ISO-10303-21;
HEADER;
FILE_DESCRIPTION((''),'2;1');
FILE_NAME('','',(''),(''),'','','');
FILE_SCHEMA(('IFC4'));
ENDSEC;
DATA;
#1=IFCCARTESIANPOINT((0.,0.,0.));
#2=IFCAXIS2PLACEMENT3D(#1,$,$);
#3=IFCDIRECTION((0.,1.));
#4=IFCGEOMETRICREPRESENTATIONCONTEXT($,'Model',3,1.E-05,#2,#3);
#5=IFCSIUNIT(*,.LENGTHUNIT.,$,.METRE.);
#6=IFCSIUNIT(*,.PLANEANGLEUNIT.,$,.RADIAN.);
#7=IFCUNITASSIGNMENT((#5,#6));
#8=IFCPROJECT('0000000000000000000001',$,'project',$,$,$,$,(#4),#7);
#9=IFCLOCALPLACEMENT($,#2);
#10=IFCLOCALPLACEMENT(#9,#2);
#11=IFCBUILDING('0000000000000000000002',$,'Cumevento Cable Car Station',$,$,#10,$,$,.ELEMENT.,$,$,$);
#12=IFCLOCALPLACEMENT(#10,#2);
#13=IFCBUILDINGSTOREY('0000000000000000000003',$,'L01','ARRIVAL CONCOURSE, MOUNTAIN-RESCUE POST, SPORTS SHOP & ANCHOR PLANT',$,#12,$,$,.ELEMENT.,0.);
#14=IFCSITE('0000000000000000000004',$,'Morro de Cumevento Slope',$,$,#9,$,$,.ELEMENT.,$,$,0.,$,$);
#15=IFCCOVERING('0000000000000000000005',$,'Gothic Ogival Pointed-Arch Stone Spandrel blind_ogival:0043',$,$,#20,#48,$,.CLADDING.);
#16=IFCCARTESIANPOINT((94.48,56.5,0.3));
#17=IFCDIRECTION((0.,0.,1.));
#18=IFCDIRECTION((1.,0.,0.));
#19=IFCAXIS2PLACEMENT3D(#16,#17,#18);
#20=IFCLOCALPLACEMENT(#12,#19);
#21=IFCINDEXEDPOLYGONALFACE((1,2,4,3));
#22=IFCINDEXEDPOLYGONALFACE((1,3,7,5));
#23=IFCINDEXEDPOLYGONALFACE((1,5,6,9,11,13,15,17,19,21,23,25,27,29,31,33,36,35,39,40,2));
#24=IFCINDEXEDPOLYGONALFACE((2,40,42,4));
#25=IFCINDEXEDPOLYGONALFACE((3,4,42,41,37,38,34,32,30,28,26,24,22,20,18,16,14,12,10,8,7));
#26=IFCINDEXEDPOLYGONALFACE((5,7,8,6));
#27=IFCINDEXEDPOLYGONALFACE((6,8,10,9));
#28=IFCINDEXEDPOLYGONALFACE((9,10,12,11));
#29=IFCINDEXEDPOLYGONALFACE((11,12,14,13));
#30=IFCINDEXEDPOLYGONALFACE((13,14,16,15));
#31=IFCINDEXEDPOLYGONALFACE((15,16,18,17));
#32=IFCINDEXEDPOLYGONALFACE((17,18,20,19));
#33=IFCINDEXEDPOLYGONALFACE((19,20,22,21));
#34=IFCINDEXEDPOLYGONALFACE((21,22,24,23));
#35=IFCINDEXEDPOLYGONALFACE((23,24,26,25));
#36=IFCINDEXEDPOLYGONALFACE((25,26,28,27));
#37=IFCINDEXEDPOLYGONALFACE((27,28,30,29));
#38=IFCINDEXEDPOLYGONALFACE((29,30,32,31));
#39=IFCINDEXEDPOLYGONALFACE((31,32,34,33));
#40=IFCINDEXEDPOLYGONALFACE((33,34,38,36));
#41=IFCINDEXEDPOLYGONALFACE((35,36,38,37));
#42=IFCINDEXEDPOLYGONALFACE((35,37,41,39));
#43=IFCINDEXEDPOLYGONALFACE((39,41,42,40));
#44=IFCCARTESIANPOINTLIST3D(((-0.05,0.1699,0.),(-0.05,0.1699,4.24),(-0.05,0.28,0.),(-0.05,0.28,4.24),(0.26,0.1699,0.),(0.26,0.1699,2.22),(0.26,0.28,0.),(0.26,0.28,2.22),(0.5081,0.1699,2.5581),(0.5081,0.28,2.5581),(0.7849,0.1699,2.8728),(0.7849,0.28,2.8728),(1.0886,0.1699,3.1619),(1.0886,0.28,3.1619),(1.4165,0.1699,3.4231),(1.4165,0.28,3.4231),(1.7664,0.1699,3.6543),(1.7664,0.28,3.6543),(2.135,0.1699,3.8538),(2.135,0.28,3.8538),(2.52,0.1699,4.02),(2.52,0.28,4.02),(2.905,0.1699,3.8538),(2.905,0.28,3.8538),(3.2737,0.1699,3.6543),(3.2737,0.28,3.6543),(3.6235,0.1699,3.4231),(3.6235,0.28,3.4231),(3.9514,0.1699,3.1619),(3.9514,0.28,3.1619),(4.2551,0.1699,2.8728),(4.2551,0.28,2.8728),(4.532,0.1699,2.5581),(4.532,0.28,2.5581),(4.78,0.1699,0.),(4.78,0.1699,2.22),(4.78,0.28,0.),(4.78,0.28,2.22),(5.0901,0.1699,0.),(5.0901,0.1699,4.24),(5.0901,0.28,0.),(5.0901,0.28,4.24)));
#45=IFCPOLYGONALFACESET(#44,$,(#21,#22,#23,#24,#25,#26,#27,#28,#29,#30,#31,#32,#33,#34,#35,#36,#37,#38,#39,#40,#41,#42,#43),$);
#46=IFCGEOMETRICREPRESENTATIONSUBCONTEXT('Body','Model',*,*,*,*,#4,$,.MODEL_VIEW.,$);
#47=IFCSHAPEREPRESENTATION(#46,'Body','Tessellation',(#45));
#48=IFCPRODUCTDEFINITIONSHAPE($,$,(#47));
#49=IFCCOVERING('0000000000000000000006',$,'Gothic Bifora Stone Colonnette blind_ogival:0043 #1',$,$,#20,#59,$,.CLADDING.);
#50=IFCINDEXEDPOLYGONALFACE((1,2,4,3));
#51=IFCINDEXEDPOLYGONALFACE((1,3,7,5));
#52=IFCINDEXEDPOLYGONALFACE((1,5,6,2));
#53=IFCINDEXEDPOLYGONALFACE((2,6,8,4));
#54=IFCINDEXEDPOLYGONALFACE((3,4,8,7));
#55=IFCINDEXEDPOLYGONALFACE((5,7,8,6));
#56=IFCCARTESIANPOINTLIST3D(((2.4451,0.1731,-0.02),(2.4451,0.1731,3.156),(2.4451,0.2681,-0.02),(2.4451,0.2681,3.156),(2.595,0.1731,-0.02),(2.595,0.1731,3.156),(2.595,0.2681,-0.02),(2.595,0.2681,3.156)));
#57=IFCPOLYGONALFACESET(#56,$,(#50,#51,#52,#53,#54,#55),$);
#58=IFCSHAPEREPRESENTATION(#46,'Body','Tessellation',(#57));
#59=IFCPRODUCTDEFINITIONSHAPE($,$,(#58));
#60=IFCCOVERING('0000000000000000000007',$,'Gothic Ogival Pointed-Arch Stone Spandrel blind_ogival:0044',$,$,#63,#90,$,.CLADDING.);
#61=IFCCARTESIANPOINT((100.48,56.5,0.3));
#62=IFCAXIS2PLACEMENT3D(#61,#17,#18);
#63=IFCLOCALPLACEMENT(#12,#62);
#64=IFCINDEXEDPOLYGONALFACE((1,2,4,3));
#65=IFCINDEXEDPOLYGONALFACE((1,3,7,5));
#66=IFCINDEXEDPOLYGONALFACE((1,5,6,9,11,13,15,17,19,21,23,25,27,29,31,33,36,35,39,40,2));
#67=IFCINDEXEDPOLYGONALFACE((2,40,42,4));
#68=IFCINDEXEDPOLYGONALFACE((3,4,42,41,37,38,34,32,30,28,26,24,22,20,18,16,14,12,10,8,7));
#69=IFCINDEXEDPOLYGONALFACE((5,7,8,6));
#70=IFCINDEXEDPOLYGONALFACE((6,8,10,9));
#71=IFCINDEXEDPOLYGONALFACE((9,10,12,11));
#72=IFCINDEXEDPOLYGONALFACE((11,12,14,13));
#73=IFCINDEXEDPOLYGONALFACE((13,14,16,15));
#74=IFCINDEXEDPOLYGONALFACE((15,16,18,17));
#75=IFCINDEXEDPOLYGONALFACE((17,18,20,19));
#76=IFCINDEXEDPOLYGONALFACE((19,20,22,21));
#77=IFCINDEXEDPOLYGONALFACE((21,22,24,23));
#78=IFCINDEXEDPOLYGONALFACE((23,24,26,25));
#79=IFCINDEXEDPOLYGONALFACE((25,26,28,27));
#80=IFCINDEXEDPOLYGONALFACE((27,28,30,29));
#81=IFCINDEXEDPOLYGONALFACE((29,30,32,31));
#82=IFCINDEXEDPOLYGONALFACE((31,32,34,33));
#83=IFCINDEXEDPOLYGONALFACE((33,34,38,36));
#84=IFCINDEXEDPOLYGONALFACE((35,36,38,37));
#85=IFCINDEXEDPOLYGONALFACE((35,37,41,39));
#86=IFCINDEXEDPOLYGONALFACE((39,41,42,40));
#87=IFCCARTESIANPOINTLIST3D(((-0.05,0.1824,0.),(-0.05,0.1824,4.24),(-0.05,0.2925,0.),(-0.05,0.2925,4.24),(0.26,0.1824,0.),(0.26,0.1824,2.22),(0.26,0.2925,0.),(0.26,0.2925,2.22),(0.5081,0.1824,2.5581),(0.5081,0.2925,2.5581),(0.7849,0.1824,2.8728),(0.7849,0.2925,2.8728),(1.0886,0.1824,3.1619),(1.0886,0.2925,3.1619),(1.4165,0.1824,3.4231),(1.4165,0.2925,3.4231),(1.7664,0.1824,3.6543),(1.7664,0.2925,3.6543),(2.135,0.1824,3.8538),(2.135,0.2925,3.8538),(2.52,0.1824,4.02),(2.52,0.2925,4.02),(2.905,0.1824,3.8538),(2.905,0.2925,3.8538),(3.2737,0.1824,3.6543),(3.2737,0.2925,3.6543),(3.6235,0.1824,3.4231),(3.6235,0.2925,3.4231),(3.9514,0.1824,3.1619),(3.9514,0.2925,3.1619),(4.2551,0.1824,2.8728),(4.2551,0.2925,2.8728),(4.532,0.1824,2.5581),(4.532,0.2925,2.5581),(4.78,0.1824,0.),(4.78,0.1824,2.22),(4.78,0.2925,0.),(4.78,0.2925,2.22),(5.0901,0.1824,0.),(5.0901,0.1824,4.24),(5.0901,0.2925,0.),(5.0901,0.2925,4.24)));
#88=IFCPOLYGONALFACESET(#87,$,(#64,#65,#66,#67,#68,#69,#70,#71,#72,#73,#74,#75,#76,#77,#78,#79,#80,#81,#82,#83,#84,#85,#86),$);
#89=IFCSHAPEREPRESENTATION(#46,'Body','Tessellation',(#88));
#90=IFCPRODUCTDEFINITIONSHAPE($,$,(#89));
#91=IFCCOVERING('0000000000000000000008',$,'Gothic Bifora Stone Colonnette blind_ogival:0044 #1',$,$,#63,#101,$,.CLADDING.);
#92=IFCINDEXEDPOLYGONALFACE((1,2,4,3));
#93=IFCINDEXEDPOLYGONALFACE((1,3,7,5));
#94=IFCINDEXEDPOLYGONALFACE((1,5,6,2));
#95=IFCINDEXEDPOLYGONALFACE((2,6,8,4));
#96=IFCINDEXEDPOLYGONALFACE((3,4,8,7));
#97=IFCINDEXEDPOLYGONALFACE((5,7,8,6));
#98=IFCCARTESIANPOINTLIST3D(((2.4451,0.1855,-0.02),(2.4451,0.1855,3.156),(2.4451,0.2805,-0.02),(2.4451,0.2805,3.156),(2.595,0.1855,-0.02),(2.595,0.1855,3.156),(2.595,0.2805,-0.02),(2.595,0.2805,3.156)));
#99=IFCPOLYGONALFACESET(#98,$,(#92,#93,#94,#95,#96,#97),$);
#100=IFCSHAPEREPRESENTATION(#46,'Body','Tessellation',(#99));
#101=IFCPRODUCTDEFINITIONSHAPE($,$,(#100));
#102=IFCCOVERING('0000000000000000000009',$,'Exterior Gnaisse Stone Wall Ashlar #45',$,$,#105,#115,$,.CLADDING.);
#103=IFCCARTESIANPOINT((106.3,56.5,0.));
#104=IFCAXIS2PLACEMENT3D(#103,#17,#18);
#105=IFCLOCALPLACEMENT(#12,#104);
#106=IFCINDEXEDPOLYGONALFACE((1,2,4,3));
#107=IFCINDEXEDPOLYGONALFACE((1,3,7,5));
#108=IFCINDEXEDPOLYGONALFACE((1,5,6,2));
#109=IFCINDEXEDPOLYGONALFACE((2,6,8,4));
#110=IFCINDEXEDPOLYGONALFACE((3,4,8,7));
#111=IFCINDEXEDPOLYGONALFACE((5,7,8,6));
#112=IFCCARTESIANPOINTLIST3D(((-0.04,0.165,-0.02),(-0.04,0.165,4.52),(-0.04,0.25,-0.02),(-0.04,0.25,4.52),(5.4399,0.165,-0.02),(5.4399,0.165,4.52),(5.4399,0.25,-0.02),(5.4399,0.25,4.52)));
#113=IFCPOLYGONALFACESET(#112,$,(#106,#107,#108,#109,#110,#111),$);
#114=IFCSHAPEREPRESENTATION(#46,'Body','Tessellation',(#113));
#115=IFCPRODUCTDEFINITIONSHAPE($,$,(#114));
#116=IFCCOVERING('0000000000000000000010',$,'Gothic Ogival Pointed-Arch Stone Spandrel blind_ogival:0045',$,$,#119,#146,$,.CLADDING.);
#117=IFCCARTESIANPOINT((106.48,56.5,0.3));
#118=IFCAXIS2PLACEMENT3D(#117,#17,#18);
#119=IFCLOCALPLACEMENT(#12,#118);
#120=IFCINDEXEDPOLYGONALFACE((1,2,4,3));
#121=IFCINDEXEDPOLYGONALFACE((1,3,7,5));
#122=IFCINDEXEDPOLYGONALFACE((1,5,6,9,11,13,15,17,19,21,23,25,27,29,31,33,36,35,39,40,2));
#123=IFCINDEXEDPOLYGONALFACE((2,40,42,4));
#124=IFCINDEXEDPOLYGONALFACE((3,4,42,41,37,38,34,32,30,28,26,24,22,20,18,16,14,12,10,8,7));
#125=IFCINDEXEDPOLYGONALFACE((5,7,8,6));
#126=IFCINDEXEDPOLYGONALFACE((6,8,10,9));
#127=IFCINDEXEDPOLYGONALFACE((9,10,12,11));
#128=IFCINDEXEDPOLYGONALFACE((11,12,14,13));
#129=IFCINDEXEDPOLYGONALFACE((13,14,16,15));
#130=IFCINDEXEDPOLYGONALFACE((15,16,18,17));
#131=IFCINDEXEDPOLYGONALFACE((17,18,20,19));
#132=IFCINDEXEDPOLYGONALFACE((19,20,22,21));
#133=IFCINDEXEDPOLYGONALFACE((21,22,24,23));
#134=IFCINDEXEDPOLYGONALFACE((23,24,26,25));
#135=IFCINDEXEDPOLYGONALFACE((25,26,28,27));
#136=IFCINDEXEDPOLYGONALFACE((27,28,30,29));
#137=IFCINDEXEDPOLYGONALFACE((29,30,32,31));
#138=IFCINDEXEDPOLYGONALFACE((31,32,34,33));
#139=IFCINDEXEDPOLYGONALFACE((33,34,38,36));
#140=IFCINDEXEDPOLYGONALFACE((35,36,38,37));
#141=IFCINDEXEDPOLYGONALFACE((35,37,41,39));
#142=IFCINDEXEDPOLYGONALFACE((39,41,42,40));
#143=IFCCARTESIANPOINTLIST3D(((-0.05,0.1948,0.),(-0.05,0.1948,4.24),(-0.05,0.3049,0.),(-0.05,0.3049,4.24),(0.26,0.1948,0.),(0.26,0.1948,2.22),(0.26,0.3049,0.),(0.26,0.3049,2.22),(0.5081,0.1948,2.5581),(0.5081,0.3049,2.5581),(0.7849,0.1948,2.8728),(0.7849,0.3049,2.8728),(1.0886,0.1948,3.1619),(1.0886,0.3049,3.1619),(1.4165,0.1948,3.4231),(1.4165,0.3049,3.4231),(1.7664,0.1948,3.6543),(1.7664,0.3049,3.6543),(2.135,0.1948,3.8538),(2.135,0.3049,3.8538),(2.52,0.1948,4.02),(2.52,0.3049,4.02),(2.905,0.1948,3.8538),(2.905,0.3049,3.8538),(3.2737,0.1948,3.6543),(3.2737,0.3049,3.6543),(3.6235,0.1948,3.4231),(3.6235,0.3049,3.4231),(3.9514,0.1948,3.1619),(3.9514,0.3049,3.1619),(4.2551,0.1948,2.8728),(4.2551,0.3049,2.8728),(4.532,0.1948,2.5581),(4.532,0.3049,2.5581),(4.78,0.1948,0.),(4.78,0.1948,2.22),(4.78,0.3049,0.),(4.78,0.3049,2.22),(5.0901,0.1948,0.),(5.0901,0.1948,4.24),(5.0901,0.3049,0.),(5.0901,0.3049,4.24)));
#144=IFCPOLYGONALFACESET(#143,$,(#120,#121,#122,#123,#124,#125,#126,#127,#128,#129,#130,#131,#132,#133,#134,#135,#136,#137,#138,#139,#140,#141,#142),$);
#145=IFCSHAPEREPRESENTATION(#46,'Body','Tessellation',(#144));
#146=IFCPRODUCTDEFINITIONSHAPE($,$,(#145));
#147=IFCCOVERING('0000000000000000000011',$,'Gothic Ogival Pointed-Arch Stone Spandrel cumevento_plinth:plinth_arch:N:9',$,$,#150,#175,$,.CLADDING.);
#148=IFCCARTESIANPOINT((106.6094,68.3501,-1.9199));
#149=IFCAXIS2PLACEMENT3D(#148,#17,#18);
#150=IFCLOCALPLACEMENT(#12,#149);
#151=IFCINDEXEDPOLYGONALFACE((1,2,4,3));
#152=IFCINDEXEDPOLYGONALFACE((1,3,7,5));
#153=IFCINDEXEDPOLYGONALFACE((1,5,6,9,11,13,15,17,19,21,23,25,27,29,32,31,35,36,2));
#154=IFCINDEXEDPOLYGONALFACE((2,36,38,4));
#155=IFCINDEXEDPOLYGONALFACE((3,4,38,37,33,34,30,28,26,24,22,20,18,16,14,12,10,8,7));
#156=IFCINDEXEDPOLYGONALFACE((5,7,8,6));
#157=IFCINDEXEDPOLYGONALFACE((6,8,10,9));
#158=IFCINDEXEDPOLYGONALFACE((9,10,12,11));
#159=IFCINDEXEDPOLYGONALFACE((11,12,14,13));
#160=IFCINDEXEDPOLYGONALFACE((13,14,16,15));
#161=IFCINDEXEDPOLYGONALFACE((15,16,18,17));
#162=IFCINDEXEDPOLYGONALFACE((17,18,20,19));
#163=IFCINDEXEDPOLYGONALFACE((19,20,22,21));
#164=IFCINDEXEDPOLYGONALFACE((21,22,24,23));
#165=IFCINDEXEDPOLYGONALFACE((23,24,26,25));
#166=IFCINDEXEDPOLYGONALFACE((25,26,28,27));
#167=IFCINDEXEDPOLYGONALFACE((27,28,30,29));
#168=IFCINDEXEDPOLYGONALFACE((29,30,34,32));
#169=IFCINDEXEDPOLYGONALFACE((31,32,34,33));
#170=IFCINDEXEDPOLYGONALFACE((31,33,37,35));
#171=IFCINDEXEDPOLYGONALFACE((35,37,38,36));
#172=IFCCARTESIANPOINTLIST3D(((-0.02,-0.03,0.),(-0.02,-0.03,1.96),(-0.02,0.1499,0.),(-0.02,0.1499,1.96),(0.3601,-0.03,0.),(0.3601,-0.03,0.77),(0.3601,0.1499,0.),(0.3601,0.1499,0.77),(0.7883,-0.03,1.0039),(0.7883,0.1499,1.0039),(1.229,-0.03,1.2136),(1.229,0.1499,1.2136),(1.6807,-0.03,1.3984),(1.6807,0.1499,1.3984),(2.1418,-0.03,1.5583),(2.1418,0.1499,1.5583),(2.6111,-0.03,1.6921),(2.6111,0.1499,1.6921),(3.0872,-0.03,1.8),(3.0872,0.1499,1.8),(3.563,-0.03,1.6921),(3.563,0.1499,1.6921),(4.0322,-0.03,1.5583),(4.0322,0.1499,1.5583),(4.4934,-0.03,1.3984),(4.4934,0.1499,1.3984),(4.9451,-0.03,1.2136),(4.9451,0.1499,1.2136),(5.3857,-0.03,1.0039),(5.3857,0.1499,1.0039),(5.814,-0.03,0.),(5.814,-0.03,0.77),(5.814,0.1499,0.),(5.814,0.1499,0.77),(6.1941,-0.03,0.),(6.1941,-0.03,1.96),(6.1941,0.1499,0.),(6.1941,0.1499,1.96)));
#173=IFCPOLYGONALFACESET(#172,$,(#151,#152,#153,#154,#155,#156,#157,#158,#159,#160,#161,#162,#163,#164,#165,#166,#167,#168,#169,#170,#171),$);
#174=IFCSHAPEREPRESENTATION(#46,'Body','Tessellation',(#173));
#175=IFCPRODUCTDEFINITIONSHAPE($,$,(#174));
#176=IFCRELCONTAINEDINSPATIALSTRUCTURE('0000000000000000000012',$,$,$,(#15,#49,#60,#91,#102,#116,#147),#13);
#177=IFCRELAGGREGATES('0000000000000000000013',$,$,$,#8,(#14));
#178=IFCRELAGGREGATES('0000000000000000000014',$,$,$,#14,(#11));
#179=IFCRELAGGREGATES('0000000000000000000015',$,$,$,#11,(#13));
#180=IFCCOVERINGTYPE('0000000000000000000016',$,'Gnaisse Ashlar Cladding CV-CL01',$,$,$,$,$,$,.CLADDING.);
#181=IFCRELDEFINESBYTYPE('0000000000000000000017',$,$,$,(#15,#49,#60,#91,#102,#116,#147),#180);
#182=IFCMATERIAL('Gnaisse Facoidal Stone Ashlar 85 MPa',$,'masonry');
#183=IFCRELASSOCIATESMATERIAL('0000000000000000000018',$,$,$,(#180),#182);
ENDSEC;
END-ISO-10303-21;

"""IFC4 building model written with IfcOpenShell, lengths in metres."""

from ifc_helpers import new_model, si_unit, direction, frame, origin, place, context, subcontext, project, spatial, polyline, outline, extrude, material, type_object, element, save


model = new_model("IFC4")

# Units and contexts
model_context = context("Model", 3, precision=1e-05, world=origin(), true_north=direction((0.0, 1.0)))
body_context = subcontext(model_context, "Body", "Model", "MODEL_VIEW")
ifc_project = project(units=[si_unit("LENGTHUNIT", "METRE"), si_unit("PLANEANGLEUNIT", "RADIAN")], contexts=[model_context])

# Site, building, storey
site_placement = place(None, origin())
site = spatial("IfcSite", under=ifc_project, at=site_placement, Name="Morro de Cumevento Slope", CompositionType="ELEMENT", RefElevation=0.0)
building_placement = place(site_placement, origin())
building = spatial("IfcBuilding", under=site, at=building_placement, Name="Cumevento Cable Car Station", CompositionType="ELEMENT")
storey_placement = place(building_placement, origin())
storey = spatial("IfcBuildingStorey", under=building, at=storey_placement, Name="L01", Description="ARRIVAL CONCOURSE, MOUNTAIN-RESCUE POST, SPORTS SHOP & ANCHOR PLANT", CompositionType="ELEMENT", Elevation=0.0)

# Coverings
ifc_material_1 = material(Name="Gnaisse Facoidal Stone Ashlar 85 MPa", Category="masonry")
covering_type = type_object("IfcCoveringType", Name="Gnaisse Ashlar Cladding CV-CL01", PredefinedType="CLADDING", material=ifc_material_1)
placement_1 = place(storey_placement, frame((94.48, 56.5, 0.3), z_axis=(0.0, 0.0, 1.0), x_axis=(1.0, 0.0, 0.0)))
element("IfcCovering", 1, at=placement_1, inside=storey, type_object=covering_type, Name="Gothic Ogival Pointed-Arch Stone Spandrel blind_ogival:0043", PredefinedType="CLADDING", context=body_context, shape_type="SweptSolid", body=[
    extrude(outline(polyline([(-0.05, 0.0), (-0.05, 4.24), (5.0901, 4.24), (5.0901, 0.0), (4.78, 0.0), (4.78, 2.22), (4.532, 2.5581), (4.2551, 2.8728), (3.9514, 3.1619), (3.6235, 3.4231), (3.2737, 3.6543), (2.905, 3.8538), (2.52, 4.02), (2.135, 3.8538), (1.7664, 3.6543), (1.4165, 3.4231), (1.0886, 3.1619), (0.7849, 2.8728), (0.5081, 2.5581), (0.26, 2.22), (0.26, 0.0), (-0.05, 0.0)])), frame((0.0, 0.28, 0.0), z_axis=(0.0, -1.0, 0.0), x_axis=(1.0, 0.0, 0.0)), (0.0, 0.0, 1.0), 0.1101),
])
element("IfcCovering", 2, at=placement_1, inside=storey, type_object=covering_type, Name="Gothic Bifora Stone Colonnette blind_ogival:0043 #1", PredefinedType="CLADDING", context=body_context, shape_type="SweptSolid", body=[
    extrude(outline(polyline([(2.4451, -0.02), (2.595, -0.02), (2.595, 3.156), (2.4451, 3.156), (2.4451, -0.02)])), frame((0.0, 0.2681, 0.0), z_axis=(0.0, -1.0, 0.0), x_axis=(1.0, 0.0, 0.0)), (0.0, 0.0, 1.0), 0.095),
])
placement_2 = place(storey_placement, frame((100.48, 56.5, 0.3), z_axis=(0.0, 0.0, 1.0), x_axis=(1.0, 0.0, 0.0)))
element("IfcCovering", 3, at=placement_2, inside=storey, type_object=covering_type, Name="Gothic Ogival Pointed-Arch Stone Spandrel blind_ogival:0044", PredefinedType="CLADDING", context=body_context, shape_type="SweptSolid", body=[
    extrude(outline(polyline([(-0.05, 0.0), (-0.05, 4.24), (5.0901, 4.24), (5.0901, 0.0), (4.78, 0.0), (4.78, 2.22), (4.532, 2.5581), (4.2551, 2.8728), (3.9514, 3.1619), (3.6235, 3.4231), (3.2737, 3.6543), (2.905, 3.8538), (2.52, 4.02), (2.135, 3.8538), (1.7664, 3.6543), (1.4165, 3.4231), (1.0886, 3.1619), (0.7849, 2.8728), (0.5081, 2.5581), (0.26, 2.22), (0.26, 0.0), (-0.05, 0.0)])), frame((0.0, 0.2925, 0.0), z_axis=(0.0, -1.0, 0.0), x_axis=(1.0, 0.0, 0.0)), (0.0, 0.0, 1.0), 0.1101),
])
element("IfcCovering", 4, at=placement_2, inside=storey, type_object=covering_type, Name="Gothic Bifora Stone Colonnette blind_ogival:0044 #1", PredefinedType="CLADDING", context=body_context, shape_type="SweptSolid", body=[
    extrude(outline(polyline([(2.4451, -0.02), (2.595, -0.02), (2.595, 3.156), (2.4451, 3.156), (2.4451, -0.02)])), frame((0.0, 0.2805, 0.0), z_axis=(0.0, -1.0, 0.0), x_axis=(1.0, 0.0, 0.0)), (0.0, 0.0, 1.0), 0.095),
])
covering_1_placement = place(storey_placement, frame((106.3, 56.5, 0.0), z_axis=(0.0, 0.0, 1.0), x_axis=(1.0, 0.0, 0.0)))
element("IfcCovering", 5, at=covering_1_placement, inside=storey, type_object=covering_type, Name="Exterior Gnaisse Stone Wall Ashlar #45", PredefinedType="CLADDING", context=body_context, shape_type="SweptSolid", body=[
    extrude(outline(polyline([(-0.04, -0.02), (5.4399, -0.02), (5.4399, 4.52), (-0.04, 4.52), (-0.04, -0.02)])), frame((0.0, 0.25, 0.0), z_axis=(0.0, -1.0, 0.0), x_axis=(1.0, 0.0, 0.0)), (0.0, 0.0, 1.0), 0.085),
])
covering_2_placement = place(storey_placement, frame((106.48, 56.5, 0.3), z_axis=(0.0, 0.0, 1.0), x_axis=(1.0, 0.0, 0.0)))
element("IfcCovering", 6, at=covering_2_placement, inside=storey, type_object=covering_type, Name="Gothic Ogival Pointed-Arch Stone Spandrel blind_ogival:0045", PredefinedType="CLADDING", context=body_context, shape_type="SweptSolid", body=[
    extrude(outline(polyline([(-0.05, 0.0), (-0.05, 4.24), (5.0901, 4.24), (5.0901, 0.0), (4.78, 0.0), (4.78, 2.22), (4.532, 2.5581), (4.2551, 2.8728), (3.9514, 3.1619), (3.6235, 3.4231), (3.2737, 3.6543), (2.905, 3.8538), (2.52, 4.02), (2.135, 3.8538), (1.7664, 3.6543), (1.4165, 3.4231), (1.0886, 3.1619), (0.7849, 2.8728), (0.5081, 2.5581), (0.26, 2.22), (0.26, 0.0), (-0.05, 0.0)])), frame((0.0, 0.3049, 0.0), z_axis=(0.0, -1.0, 0.0), x_axis=(1.0, 0.0, 0.0)), (0.0, 0.0, 1.0), 0.1101),
])
for number, where, z_axis, x_axis, name in (
    (7, (106.6094, 68.3501, -1.9199), (0.0, 0.0, 1.0), (1.0, 0.0, 0.0), "Gothic Ogival Pointed-Arch Stone Spandrel cumevento_plinth:plinth_arch:N:9"),
):
    element("IfcCovering", number, at=place(storey_placement, frame(where, z_axis=z_axis, x_axis=x_axis)), inside=storey, type_object=covering_type, Name=name, PredefinedType="CLADDING", context=body_context, shape_type="SweptSolid", body=[
        extrude(outline(polyline([(-0.02, 0.0), (-0.02, 1.96), (6.1941, 1.96), (6.1941, 0.0), (5.814, 0.0), (5.814, 0.77), (5.3857, 1.0039), (4.9451, 1.2136), (4.4934, 1.3984), (4.0322, 1.5583), (3.563, 1.6921), (3.0872, 1.8), (2.6111, 1.6921), (2.1418, 1.5583), (1.6807, 1.3984), (1.229, 1.2136), (0.7883, 1.0039), (0.3601, 0.77), (0.3601, 0.0), (-0.02, 0.0)])), frame((0.0, 0.1499, 0.0), z_axis=(0.0, -1.0, 0.0), x_axis=(1.0, 0.0, 0.0)), (0.0, 0.0, 1.0), 0.1799),
    ])

save(model, "model.ifc")
